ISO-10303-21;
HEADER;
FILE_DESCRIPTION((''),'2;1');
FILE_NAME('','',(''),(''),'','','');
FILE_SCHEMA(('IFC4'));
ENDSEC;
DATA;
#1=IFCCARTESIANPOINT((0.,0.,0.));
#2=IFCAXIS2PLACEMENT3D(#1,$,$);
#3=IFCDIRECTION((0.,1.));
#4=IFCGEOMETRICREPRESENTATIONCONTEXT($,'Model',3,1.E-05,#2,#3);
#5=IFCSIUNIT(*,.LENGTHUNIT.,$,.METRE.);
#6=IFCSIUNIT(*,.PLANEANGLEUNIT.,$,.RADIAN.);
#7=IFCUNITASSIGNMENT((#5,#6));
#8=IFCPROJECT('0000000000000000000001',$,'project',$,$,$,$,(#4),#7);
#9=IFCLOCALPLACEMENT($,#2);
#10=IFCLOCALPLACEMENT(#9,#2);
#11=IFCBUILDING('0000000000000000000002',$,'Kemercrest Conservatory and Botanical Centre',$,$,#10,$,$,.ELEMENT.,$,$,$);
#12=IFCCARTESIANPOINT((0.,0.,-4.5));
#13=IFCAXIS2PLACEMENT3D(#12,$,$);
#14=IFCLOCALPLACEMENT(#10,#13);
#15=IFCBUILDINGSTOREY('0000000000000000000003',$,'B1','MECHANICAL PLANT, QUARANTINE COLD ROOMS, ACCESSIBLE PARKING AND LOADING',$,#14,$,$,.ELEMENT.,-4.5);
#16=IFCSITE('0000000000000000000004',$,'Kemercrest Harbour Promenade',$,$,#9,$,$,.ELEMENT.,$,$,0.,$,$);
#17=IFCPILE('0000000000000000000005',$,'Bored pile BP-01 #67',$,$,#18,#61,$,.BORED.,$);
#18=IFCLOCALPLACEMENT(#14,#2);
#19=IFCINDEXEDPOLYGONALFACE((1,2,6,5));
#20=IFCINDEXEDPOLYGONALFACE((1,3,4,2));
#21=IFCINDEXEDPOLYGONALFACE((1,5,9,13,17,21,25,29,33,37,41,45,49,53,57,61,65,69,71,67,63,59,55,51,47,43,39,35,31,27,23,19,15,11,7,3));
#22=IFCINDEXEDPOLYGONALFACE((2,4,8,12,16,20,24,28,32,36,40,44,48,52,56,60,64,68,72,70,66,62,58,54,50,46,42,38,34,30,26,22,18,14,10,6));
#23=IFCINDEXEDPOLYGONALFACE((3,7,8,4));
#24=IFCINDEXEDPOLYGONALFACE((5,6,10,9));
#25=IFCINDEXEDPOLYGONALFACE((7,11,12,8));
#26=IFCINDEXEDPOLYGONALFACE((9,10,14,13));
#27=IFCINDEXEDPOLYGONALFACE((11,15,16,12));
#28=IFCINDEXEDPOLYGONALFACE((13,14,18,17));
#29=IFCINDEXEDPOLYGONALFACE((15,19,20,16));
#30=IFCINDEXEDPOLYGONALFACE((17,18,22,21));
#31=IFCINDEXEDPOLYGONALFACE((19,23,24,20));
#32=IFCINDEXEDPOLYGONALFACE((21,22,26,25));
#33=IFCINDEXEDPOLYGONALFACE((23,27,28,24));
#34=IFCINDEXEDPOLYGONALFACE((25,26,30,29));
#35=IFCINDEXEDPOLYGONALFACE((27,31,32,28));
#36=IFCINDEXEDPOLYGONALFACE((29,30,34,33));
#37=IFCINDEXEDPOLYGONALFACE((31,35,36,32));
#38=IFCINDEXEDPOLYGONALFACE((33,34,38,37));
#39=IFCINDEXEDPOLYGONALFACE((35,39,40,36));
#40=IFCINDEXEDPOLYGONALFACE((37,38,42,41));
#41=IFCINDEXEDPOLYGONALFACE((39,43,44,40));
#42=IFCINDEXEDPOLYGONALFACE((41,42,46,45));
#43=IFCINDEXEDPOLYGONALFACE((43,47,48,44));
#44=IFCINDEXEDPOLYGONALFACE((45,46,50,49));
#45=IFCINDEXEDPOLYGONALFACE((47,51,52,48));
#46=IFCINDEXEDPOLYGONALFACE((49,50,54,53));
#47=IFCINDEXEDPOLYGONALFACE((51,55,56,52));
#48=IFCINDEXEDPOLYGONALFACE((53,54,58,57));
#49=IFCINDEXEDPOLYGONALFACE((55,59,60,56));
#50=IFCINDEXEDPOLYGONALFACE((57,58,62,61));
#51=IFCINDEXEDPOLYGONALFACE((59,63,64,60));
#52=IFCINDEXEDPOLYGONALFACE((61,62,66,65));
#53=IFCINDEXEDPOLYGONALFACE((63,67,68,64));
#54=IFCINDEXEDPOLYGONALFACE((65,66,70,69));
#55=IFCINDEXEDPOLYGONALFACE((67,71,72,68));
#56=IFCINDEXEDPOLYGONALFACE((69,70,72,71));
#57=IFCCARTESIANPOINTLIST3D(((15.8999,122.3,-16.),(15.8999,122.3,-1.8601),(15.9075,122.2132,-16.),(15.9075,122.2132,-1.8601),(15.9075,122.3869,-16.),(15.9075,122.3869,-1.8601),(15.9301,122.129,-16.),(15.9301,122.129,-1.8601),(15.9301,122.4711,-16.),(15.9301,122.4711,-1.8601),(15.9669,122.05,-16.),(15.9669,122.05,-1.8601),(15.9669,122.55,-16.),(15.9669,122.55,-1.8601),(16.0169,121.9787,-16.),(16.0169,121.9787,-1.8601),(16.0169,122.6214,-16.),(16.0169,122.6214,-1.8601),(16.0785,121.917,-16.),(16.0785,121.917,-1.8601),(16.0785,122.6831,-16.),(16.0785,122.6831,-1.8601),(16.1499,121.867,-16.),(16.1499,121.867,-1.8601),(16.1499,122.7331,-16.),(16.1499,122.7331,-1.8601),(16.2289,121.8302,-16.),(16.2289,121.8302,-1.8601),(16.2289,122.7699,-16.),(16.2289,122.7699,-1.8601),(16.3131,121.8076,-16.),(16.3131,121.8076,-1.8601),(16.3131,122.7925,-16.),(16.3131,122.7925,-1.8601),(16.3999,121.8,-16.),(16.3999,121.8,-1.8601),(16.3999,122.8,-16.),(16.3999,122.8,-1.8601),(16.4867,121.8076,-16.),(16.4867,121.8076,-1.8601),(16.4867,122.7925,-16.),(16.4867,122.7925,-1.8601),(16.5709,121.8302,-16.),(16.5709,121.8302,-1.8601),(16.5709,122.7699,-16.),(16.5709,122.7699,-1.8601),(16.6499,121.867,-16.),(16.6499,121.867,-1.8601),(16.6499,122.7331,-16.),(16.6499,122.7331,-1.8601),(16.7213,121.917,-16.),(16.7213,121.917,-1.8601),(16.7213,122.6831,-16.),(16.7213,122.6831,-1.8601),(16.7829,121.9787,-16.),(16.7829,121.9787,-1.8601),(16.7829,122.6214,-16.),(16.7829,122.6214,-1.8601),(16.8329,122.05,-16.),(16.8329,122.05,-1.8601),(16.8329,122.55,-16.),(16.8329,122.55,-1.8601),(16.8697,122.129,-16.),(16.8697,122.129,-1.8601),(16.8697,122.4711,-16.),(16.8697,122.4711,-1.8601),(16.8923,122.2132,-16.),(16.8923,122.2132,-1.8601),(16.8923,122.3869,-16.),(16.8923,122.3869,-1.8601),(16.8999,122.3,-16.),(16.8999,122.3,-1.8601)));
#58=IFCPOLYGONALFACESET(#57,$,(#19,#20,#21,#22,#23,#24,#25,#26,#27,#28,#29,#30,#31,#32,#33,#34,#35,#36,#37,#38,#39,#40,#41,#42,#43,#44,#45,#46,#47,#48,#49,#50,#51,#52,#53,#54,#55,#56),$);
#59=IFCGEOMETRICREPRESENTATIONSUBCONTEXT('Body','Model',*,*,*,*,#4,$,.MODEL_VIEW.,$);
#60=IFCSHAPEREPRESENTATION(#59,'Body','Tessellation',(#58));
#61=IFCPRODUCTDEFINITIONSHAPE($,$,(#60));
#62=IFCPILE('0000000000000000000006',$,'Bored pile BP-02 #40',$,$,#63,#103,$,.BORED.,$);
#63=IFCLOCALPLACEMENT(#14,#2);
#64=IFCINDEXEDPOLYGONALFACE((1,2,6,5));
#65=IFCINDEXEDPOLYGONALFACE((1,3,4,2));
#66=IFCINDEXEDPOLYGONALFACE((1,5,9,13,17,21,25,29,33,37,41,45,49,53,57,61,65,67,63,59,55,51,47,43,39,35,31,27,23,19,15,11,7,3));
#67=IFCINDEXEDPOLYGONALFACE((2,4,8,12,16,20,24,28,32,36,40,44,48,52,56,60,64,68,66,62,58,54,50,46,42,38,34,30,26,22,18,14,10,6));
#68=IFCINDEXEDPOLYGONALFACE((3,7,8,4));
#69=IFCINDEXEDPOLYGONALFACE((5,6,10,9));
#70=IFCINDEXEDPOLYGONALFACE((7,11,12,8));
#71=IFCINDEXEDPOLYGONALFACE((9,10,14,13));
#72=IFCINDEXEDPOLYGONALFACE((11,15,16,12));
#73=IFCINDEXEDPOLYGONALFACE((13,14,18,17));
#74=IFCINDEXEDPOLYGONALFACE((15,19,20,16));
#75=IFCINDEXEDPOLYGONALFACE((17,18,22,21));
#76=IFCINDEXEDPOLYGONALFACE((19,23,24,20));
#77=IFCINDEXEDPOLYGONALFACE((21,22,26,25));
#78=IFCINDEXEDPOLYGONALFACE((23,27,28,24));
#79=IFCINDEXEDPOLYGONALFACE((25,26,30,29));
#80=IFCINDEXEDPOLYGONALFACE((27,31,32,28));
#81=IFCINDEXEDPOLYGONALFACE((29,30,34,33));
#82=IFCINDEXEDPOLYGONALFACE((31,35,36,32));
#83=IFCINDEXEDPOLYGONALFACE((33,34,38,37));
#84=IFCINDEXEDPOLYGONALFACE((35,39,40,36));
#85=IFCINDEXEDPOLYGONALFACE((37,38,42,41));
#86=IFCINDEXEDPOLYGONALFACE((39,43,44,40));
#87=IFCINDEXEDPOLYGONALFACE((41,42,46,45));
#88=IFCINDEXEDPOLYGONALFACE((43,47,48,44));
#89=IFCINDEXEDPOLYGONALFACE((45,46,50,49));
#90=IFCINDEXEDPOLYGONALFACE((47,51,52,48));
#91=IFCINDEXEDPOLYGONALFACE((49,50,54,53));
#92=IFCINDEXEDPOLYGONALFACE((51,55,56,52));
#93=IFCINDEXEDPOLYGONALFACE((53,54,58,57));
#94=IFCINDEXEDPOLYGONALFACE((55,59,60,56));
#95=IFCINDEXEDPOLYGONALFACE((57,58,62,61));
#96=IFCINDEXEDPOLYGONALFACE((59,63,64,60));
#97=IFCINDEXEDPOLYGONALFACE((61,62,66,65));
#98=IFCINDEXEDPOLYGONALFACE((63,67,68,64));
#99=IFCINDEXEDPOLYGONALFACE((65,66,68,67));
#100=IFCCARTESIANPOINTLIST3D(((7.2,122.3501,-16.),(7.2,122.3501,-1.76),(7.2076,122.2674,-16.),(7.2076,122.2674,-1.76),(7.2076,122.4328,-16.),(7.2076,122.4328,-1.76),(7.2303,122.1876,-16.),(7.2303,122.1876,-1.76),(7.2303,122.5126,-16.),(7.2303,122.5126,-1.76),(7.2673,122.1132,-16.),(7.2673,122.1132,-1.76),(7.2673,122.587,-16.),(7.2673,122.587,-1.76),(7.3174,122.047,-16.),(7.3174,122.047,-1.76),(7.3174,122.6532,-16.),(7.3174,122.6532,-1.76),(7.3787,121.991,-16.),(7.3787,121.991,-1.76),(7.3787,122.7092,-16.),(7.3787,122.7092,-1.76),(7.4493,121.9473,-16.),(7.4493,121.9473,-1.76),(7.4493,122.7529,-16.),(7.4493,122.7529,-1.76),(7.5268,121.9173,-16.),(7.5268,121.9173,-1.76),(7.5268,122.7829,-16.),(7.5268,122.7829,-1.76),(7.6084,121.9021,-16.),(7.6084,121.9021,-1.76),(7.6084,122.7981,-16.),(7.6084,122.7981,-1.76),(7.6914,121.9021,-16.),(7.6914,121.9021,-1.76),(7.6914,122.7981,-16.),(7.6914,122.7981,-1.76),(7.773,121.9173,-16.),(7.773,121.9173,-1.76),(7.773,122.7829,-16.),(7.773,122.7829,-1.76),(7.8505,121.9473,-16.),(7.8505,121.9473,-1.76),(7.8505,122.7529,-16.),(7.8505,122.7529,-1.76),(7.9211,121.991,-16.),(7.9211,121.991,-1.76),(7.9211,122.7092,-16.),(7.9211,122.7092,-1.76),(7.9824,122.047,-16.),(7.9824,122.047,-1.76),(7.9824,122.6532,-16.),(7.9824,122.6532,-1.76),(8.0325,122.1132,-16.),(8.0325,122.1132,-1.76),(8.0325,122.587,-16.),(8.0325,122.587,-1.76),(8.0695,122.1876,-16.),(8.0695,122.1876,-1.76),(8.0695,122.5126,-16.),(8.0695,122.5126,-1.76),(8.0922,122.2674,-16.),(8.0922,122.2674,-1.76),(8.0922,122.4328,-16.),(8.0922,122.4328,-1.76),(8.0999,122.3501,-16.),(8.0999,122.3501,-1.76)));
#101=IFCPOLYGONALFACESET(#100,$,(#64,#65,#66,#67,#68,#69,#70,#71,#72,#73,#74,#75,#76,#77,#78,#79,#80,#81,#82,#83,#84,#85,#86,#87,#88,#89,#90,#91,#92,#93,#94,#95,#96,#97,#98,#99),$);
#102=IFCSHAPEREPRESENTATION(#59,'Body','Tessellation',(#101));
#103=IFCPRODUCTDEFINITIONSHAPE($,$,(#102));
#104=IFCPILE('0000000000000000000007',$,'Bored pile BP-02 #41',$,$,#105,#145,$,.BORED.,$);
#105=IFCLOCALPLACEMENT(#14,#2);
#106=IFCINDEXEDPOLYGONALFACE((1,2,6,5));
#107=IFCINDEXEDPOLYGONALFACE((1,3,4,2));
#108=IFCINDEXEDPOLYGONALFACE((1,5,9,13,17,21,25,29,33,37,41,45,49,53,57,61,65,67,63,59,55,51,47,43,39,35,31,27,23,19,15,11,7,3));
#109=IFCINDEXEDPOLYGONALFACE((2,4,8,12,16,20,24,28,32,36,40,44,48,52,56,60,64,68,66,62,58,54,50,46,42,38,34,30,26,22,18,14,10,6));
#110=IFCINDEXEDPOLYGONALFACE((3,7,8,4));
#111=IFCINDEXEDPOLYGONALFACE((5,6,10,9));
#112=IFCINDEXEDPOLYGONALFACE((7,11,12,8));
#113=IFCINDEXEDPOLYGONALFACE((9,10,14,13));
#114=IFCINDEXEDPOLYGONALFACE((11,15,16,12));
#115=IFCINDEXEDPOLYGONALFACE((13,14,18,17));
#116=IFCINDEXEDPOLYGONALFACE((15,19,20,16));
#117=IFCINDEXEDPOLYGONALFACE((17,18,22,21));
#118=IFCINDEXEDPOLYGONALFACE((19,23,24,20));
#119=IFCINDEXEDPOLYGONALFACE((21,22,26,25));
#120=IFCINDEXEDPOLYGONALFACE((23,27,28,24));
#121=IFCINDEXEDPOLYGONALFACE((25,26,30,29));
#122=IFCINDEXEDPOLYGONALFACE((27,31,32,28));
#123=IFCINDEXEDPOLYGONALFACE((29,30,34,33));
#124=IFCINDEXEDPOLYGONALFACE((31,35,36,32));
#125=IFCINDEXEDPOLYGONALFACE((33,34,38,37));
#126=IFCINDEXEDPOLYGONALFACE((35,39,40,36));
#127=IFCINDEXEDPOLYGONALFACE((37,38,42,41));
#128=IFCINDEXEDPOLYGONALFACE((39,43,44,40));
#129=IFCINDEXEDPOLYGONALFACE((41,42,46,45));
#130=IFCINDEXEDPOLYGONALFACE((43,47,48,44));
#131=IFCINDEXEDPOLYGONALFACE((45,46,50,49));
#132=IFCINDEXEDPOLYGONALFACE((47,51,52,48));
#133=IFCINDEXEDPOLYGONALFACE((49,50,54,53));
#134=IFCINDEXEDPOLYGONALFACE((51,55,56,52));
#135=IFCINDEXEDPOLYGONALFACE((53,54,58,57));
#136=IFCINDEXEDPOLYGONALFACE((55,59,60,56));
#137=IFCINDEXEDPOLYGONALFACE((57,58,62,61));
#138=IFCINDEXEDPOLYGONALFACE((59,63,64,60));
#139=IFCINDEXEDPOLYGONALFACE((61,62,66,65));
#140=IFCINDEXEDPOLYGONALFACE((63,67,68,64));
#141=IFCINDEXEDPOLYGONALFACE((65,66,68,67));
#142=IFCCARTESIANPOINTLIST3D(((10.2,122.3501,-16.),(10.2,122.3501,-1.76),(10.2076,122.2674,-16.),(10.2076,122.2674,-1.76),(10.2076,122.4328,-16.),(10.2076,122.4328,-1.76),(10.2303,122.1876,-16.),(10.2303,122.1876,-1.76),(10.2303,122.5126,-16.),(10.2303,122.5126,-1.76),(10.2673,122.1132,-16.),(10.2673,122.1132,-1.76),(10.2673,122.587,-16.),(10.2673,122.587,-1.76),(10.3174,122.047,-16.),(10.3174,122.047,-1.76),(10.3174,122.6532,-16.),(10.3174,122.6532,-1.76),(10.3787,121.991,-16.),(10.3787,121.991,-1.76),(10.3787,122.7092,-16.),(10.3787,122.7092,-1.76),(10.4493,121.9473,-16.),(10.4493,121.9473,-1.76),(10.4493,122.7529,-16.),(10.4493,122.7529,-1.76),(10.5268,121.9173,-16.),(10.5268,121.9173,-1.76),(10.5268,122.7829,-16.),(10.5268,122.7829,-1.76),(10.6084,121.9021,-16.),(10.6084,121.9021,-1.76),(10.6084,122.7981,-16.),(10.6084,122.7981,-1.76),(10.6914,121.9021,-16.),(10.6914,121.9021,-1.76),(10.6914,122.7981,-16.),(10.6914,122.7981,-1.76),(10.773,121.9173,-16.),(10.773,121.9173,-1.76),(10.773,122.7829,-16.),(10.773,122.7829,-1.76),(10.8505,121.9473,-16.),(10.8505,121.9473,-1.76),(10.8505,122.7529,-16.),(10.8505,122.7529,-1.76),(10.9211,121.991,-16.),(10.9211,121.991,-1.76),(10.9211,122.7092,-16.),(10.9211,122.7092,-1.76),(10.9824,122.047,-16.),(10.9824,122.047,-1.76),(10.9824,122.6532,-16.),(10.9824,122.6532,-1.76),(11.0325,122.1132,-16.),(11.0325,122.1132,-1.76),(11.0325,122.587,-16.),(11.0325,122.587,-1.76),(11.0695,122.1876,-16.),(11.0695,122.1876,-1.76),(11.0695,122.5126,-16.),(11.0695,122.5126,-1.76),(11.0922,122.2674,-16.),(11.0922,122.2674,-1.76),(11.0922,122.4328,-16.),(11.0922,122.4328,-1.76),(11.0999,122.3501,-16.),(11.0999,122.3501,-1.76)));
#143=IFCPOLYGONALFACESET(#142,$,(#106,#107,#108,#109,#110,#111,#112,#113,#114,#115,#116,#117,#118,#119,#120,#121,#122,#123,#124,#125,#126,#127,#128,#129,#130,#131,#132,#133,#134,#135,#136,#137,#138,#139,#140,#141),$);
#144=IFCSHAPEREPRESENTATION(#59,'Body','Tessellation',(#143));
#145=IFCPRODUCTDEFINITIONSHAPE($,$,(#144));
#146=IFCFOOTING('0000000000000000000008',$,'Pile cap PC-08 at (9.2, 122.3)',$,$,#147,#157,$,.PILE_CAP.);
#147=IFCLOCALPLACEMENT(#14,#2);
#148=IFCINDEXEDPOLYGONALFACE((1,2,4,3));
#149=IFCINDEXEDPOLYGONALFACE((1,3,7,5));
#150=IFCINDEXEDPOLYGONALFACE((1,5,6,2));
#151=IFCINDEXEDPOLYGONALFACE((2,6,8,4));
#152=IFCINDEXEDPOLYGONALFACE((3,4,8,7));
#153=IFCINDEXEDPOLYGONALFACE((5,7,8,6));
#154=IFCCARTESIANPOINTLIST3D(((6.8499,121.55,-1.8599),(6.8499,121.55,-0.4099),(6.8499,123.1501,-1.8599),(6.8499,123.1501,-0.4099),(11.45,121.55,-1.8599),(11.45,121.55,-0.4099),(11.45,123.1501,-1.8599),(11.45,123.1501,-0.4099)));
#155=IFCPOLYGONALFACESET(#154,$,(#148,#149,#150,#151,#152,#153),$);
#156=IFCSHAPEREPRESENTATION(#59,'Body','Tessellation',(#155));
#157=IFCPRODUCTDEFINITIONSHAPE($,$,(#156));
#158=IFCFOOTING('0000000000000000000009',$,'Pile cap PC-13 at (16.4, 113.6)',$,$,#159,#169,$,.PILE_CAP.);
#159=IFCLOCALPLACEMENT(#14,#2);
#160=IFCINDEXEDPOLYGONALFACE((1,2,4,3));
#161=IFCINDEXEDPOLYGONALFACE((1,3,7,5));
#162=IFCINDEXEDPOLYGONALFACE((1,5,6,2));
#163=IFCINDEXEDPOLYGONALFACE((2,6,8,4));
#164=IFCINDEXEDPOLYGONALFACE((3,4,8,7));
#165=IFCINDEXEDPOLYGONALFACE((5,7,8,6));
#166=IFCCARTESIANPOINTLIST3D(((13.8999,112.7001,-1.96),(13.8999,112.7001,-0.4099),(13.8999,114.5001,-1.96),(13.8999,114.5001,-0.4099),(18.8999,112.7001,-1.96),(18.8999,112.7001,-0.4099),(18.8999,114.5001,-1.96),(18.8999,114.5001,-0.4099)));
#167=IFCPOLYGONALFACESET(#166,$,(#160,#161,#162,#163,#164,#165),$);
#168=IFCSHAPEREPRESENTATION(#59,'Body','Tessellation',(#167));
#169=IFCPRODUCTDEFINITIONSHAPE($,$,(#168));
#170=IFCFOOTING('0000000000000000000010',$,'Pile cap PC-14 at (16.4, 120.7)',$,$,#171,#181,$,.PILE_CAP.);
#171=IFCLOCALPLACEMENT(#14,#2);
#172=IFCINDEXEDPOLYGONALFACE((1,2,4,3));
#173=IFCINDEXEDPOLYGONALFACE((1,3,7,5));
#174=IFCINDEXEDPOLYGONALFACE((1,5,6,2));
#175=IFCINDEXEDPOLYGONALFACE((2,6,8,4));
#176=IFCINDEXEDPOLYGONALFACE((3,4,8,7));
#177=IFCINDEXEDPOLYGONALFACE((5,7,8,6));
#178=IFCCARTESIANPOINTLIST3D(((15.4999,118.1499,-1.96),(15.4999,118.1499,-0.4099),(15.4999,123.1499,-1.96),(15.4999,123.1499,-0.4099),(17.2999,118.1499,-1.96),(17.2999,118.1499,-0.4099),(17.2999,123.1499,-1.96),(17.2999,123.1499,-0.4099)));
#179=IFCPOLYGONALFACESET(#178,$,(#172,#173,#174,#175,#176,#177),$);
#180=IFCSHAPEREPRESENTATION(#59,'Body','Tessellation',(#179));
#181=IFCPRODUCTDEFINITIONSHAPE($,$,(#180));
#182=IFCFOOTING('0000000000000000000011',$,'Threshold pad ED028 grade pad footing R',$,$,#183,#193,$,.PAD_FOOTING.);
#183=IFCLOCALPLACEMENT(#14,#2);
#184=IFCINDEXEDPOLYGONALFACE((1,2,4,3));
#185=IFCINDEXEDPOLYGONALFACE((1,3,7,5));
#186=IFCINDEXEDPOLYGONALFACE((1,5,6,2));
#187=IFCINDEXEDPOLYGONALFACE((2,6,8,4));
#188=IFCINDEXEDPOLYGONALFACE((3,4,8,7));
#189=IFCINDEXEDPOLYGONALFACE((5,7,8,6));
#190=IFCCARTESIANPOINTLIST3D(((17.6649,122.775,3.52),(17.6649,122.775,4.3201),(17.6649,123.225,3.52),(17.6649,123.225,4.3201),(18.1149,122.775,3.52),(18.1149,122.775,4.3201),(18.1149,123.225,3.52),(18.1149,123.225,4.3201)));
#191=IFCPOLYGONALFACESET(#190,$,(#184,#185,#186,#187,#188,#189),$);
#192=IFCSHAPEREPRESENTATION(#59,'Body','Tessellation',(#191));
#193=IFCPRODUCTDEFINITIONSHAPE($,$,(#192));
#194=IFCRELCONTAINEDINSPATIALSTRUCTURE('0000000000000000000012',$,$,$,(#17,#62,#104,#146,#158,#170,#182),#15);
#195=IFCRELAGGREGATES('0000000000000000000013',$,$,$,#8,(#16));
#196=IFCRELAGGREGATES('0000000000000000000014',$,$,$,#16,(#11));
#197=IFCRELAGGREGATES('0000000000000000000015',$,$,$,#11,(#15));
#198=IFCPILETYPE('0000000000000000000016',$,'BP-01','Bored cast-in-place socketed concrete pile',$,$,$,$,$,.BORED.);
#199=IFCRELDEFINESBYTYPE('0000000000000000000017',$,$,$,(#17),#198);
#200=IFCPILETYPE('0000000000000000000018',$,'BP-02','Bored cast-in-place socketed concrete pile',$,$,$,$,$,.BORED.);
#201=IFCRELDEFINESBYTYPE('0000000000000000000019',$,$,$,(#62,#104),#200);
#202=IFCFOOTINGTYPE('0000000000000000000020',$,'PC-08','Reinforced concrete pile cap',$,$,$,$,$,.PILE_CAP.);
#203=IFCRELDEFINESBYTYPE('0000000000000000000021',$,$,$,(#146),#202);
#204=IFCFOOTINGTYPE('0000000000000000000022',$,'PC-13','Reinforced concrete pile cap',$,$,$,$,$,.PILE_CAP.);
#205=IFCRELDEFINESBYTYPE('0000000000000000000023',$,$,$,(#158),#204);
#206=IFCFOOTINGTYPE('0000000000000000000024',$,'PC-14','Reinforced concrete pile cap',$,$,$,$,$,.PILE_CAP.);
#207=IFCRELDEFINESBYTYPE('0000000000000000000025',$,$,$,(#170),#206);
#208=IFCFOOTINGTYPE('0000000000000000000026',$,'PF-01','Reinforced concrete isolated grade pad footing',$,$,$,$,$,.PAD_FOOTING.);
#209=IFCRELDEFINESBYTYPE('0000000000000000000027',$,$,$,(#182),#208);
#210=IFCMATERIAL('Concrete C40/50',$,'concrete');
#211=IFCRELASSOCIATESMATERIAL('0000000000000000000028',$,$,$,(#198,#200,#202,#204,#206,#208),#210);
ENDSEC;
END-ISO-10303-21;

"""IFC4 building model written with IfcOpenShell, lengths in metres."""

from ifc_helpers import new_model, si_unit, direction, frame, origin, origin_2d, place, context, subcontext, project, spatial, rectangle, circle, extrude, material, material_profile, profile_set, type_object, element, save


model = new_model("IFC4")

# Units and contexts
model_context = context("Model", 3, precision=1e-05, world=origin(), true_north=direction((0.0, 1.0)))
body_context = subcontext(model_context, "Body", "Model", "MODEL_VIEW")
ifc_project = project(units=[si_unit("LENGTHUNIT", "METRE"), si_unit("PLANEANGLEUNIT", "RADIAN")], contexts=[model_context])

# Site, building, storey
site_placement = place(None, origin())
site = spatial("IfcSite", under=ifc_project, at=site_placement, Name="Kemercrest Harbour Promenade", CompositionType="ELEMENT", RefElevation=0.0)
building_placement = place(site_placement, origin())
building = spatial("IfcBuilding", under=site, at=building_placement, Name="Kemercrest Conservatory and Botanical Centre", CompositionType="ELEMENT")
storey_placement = place(building_placement, frame((0.0, 0.0, -4.5)))
storey = spatial("IfcBuildingStorey", under=building, at=storey_placement, Name="B1", Description="MECHANICAL PLANT, QUARANTINE COLD ROOMS, ACCESSIBLE PARKING AND LOADING", CompositionType="ELEMENT", Elevation=-4.5)

# Piles
ifc_material_1 = material(Name="Concrete C40/50", Category="concrete")
ifc_material_profile_1 = material_profile(ifc_material_1, circle(Radius=0.5, at=origin_2d()), Name="BORED PILE 1000")
ifc_profile_set_1 = profile_set([ifc_material_profile_1], Name="Concrete C40/50")
pile_type_1 = type_object("IfcPileType", Name="BP-01", Description="Bored cast-in-place socketed concrete pile", PredefinedType="BORED", material=ifc_profile_set_1)
for number, where, z_axis, x_axis, name in (
    (1, (16.3999, 122.3, -1.8601), (0.0, 0.0, -1.0), (1.0, 0.0, 0.0), "Bored pile BP-01 #67"),
):
    element("IfcPile", number, at=place(storey_placement, frame(where, z_axis=z_axis, x_axis=x_axis)), inside=storey, type_object=pile_type_1, Name=name, PredefinedType="BORED", context=body_context, shape_type="SweptSolid", body=[
        extrude(circle(Radius=0.5, at=origin_2d()), origin(), (0.0, 0.0, 1.0), 14.1399),
    ])
ifc_material_profile_2 = material_profile(ifc_material_1, circle(Radius=0.45, at=origin_2d()), Name="BORED PILE 900")
ifc_profile_set_2 = profile_set([ifc_material_profile_2], Name="Concrete C40/50")
pile_type_2 = type_object("IfcPileType", Name="BP-02", Description="Bored cast-in-place socketed concrete pile", PredefinedType="BORED", material=ifc_profile_set_2)
for number, where, z_axis, x_axis, name in (
    (2, (7.6499, 122.3501, -1.76), (0.0, 0.0, -1.0), (1.0, 0.0, 0.0), "Bored pile BP-02 #40"),
    (3, (10.6499, 122.3501, -1.76), (0.0, 0.0, -1.0), (1.0, 0.0, 0.0), "Bored pile BP-02 #41"),
):
    element("IfcPile", number, at=place(storey_placement, frame(where, z_axis=z_axis, x_axis=x_axis)), inside=storey, type_object=pile_type_2, Name=name, PredefinedType="BORED", context=body_context, shape_type="SweptSolid", body=[
        extrude(circle(Radius=0.45, at=origin_2d()), origin(), (0.0, 0.0, 1.0), 14.24),
    ])

# Footings
footing_type_1 = type_object("IfcFootingType", Name="PC-08", Description="Reinforced concrete pile cap", PredefinedType="PILE_CAP", material=ifc_material_1)
footing_1_placement = place(storey_placement, frame((9.1499, 122.3501, -1.8599), z_axis=(0.0, 0.0, 1.0), x_axis=(1.0, 0.0, 0.0)))
element("IfcFooting", 4, at=footing_1_placement, inside=storey, type_object=footing_type_1, Name="Pile cap PC-08 at (9.2, 122.3)", PredefinedType="PILE_CAP", context=body_context, shape_type="SweptSolid", body=[
    extrude(rectangle(XDim=4.6001, YDim=1.6001, at=origin_2d()), origin(), (0.0, 0.0, 1.0), 1.45),
])
footing_type_2 = type_object("IfcFootingType", Name="PC-13", Description="Reinforced concrete pile cap", PredefinedType="PILE_CAP", material=ifc_material_1)
footing_2_placement = place(storey_placement, frame((16.3999, 113.6001, -1.96), z_axis=(0.0, 0.0, 1.0), x_axis=(1.0, 0.0, 0.0)))
element("IfcFooting", 5, at=footing_2_placement, inside=storey, type_object=footing_type_2, Name="Pile cap PC-13 at (16.4, 113.6)", PredefinedType="PILE_CAP", context=body_context, shape_type="SweptSolid", body=[
    extrude(rectangle(XDim=5.0, YDim=1.8, at=origin_2d()), origin(), (0.0, 0.0, 1.0), 1.55),
])
footing_type_3 = type_object("IfcFootingType", Name="PC-14", Description="Reinforced concrete pile cap", PredefinedType="PILE_CAP", material=ifc_material_1)
footing_3_placement = place(storey_placement, frame((16.3999, 120.6499, -1.96), z_axis=(0.0, 0.0, 1.0), x_axis=(1.0, 0.0, 0.0)))
element("IfcFooting", 6, at=footing_3_placement, inside=storey, type_object=footing_type_3, Name="Pile cap PC-14 at (16.4, 120.7)", PredefinedType="PILE_CAP", context=body_context, shape_type="SweptSolid", body=[
    extrude(rectangle(XDim=1.8, YDim=5.0, at=origin_2d()), origin(), (0.0, 0.0, 1.0), 1.55),
])
footing_type_4 = type_object("IfcFootingType", Name="PF-01", Description="Reinforced concrete isolated grade pad footing", PredefinedType="PAD_FOOTING", material=ifc_material_1)
for number, where, z_axis, x_axis, name in (
    (7, (17.8899, 123.0, 3.52), (0.0, 0.0, 1.0), (-1.0, 0.0, 0.0), "Threshold pad ED028 grade pad footing R"),
):
    element("IfcFooting", number, at=place(storey_placement, frame(where, z_axis=z_axis, x_axis=x_axis)), inside=storey, type_object=footing_type_4, Name=name, PredefinedType="PAD_FOOTING", context=body_context, shape_type="SweptSolid", body=[
        extrude(rectangle(XDim=0.45, YDim=0.45, at=origin_2d()), origin(), (0.0, 0.0, 1.0), 0.8),
    ])

save(model, "model.ifc")
